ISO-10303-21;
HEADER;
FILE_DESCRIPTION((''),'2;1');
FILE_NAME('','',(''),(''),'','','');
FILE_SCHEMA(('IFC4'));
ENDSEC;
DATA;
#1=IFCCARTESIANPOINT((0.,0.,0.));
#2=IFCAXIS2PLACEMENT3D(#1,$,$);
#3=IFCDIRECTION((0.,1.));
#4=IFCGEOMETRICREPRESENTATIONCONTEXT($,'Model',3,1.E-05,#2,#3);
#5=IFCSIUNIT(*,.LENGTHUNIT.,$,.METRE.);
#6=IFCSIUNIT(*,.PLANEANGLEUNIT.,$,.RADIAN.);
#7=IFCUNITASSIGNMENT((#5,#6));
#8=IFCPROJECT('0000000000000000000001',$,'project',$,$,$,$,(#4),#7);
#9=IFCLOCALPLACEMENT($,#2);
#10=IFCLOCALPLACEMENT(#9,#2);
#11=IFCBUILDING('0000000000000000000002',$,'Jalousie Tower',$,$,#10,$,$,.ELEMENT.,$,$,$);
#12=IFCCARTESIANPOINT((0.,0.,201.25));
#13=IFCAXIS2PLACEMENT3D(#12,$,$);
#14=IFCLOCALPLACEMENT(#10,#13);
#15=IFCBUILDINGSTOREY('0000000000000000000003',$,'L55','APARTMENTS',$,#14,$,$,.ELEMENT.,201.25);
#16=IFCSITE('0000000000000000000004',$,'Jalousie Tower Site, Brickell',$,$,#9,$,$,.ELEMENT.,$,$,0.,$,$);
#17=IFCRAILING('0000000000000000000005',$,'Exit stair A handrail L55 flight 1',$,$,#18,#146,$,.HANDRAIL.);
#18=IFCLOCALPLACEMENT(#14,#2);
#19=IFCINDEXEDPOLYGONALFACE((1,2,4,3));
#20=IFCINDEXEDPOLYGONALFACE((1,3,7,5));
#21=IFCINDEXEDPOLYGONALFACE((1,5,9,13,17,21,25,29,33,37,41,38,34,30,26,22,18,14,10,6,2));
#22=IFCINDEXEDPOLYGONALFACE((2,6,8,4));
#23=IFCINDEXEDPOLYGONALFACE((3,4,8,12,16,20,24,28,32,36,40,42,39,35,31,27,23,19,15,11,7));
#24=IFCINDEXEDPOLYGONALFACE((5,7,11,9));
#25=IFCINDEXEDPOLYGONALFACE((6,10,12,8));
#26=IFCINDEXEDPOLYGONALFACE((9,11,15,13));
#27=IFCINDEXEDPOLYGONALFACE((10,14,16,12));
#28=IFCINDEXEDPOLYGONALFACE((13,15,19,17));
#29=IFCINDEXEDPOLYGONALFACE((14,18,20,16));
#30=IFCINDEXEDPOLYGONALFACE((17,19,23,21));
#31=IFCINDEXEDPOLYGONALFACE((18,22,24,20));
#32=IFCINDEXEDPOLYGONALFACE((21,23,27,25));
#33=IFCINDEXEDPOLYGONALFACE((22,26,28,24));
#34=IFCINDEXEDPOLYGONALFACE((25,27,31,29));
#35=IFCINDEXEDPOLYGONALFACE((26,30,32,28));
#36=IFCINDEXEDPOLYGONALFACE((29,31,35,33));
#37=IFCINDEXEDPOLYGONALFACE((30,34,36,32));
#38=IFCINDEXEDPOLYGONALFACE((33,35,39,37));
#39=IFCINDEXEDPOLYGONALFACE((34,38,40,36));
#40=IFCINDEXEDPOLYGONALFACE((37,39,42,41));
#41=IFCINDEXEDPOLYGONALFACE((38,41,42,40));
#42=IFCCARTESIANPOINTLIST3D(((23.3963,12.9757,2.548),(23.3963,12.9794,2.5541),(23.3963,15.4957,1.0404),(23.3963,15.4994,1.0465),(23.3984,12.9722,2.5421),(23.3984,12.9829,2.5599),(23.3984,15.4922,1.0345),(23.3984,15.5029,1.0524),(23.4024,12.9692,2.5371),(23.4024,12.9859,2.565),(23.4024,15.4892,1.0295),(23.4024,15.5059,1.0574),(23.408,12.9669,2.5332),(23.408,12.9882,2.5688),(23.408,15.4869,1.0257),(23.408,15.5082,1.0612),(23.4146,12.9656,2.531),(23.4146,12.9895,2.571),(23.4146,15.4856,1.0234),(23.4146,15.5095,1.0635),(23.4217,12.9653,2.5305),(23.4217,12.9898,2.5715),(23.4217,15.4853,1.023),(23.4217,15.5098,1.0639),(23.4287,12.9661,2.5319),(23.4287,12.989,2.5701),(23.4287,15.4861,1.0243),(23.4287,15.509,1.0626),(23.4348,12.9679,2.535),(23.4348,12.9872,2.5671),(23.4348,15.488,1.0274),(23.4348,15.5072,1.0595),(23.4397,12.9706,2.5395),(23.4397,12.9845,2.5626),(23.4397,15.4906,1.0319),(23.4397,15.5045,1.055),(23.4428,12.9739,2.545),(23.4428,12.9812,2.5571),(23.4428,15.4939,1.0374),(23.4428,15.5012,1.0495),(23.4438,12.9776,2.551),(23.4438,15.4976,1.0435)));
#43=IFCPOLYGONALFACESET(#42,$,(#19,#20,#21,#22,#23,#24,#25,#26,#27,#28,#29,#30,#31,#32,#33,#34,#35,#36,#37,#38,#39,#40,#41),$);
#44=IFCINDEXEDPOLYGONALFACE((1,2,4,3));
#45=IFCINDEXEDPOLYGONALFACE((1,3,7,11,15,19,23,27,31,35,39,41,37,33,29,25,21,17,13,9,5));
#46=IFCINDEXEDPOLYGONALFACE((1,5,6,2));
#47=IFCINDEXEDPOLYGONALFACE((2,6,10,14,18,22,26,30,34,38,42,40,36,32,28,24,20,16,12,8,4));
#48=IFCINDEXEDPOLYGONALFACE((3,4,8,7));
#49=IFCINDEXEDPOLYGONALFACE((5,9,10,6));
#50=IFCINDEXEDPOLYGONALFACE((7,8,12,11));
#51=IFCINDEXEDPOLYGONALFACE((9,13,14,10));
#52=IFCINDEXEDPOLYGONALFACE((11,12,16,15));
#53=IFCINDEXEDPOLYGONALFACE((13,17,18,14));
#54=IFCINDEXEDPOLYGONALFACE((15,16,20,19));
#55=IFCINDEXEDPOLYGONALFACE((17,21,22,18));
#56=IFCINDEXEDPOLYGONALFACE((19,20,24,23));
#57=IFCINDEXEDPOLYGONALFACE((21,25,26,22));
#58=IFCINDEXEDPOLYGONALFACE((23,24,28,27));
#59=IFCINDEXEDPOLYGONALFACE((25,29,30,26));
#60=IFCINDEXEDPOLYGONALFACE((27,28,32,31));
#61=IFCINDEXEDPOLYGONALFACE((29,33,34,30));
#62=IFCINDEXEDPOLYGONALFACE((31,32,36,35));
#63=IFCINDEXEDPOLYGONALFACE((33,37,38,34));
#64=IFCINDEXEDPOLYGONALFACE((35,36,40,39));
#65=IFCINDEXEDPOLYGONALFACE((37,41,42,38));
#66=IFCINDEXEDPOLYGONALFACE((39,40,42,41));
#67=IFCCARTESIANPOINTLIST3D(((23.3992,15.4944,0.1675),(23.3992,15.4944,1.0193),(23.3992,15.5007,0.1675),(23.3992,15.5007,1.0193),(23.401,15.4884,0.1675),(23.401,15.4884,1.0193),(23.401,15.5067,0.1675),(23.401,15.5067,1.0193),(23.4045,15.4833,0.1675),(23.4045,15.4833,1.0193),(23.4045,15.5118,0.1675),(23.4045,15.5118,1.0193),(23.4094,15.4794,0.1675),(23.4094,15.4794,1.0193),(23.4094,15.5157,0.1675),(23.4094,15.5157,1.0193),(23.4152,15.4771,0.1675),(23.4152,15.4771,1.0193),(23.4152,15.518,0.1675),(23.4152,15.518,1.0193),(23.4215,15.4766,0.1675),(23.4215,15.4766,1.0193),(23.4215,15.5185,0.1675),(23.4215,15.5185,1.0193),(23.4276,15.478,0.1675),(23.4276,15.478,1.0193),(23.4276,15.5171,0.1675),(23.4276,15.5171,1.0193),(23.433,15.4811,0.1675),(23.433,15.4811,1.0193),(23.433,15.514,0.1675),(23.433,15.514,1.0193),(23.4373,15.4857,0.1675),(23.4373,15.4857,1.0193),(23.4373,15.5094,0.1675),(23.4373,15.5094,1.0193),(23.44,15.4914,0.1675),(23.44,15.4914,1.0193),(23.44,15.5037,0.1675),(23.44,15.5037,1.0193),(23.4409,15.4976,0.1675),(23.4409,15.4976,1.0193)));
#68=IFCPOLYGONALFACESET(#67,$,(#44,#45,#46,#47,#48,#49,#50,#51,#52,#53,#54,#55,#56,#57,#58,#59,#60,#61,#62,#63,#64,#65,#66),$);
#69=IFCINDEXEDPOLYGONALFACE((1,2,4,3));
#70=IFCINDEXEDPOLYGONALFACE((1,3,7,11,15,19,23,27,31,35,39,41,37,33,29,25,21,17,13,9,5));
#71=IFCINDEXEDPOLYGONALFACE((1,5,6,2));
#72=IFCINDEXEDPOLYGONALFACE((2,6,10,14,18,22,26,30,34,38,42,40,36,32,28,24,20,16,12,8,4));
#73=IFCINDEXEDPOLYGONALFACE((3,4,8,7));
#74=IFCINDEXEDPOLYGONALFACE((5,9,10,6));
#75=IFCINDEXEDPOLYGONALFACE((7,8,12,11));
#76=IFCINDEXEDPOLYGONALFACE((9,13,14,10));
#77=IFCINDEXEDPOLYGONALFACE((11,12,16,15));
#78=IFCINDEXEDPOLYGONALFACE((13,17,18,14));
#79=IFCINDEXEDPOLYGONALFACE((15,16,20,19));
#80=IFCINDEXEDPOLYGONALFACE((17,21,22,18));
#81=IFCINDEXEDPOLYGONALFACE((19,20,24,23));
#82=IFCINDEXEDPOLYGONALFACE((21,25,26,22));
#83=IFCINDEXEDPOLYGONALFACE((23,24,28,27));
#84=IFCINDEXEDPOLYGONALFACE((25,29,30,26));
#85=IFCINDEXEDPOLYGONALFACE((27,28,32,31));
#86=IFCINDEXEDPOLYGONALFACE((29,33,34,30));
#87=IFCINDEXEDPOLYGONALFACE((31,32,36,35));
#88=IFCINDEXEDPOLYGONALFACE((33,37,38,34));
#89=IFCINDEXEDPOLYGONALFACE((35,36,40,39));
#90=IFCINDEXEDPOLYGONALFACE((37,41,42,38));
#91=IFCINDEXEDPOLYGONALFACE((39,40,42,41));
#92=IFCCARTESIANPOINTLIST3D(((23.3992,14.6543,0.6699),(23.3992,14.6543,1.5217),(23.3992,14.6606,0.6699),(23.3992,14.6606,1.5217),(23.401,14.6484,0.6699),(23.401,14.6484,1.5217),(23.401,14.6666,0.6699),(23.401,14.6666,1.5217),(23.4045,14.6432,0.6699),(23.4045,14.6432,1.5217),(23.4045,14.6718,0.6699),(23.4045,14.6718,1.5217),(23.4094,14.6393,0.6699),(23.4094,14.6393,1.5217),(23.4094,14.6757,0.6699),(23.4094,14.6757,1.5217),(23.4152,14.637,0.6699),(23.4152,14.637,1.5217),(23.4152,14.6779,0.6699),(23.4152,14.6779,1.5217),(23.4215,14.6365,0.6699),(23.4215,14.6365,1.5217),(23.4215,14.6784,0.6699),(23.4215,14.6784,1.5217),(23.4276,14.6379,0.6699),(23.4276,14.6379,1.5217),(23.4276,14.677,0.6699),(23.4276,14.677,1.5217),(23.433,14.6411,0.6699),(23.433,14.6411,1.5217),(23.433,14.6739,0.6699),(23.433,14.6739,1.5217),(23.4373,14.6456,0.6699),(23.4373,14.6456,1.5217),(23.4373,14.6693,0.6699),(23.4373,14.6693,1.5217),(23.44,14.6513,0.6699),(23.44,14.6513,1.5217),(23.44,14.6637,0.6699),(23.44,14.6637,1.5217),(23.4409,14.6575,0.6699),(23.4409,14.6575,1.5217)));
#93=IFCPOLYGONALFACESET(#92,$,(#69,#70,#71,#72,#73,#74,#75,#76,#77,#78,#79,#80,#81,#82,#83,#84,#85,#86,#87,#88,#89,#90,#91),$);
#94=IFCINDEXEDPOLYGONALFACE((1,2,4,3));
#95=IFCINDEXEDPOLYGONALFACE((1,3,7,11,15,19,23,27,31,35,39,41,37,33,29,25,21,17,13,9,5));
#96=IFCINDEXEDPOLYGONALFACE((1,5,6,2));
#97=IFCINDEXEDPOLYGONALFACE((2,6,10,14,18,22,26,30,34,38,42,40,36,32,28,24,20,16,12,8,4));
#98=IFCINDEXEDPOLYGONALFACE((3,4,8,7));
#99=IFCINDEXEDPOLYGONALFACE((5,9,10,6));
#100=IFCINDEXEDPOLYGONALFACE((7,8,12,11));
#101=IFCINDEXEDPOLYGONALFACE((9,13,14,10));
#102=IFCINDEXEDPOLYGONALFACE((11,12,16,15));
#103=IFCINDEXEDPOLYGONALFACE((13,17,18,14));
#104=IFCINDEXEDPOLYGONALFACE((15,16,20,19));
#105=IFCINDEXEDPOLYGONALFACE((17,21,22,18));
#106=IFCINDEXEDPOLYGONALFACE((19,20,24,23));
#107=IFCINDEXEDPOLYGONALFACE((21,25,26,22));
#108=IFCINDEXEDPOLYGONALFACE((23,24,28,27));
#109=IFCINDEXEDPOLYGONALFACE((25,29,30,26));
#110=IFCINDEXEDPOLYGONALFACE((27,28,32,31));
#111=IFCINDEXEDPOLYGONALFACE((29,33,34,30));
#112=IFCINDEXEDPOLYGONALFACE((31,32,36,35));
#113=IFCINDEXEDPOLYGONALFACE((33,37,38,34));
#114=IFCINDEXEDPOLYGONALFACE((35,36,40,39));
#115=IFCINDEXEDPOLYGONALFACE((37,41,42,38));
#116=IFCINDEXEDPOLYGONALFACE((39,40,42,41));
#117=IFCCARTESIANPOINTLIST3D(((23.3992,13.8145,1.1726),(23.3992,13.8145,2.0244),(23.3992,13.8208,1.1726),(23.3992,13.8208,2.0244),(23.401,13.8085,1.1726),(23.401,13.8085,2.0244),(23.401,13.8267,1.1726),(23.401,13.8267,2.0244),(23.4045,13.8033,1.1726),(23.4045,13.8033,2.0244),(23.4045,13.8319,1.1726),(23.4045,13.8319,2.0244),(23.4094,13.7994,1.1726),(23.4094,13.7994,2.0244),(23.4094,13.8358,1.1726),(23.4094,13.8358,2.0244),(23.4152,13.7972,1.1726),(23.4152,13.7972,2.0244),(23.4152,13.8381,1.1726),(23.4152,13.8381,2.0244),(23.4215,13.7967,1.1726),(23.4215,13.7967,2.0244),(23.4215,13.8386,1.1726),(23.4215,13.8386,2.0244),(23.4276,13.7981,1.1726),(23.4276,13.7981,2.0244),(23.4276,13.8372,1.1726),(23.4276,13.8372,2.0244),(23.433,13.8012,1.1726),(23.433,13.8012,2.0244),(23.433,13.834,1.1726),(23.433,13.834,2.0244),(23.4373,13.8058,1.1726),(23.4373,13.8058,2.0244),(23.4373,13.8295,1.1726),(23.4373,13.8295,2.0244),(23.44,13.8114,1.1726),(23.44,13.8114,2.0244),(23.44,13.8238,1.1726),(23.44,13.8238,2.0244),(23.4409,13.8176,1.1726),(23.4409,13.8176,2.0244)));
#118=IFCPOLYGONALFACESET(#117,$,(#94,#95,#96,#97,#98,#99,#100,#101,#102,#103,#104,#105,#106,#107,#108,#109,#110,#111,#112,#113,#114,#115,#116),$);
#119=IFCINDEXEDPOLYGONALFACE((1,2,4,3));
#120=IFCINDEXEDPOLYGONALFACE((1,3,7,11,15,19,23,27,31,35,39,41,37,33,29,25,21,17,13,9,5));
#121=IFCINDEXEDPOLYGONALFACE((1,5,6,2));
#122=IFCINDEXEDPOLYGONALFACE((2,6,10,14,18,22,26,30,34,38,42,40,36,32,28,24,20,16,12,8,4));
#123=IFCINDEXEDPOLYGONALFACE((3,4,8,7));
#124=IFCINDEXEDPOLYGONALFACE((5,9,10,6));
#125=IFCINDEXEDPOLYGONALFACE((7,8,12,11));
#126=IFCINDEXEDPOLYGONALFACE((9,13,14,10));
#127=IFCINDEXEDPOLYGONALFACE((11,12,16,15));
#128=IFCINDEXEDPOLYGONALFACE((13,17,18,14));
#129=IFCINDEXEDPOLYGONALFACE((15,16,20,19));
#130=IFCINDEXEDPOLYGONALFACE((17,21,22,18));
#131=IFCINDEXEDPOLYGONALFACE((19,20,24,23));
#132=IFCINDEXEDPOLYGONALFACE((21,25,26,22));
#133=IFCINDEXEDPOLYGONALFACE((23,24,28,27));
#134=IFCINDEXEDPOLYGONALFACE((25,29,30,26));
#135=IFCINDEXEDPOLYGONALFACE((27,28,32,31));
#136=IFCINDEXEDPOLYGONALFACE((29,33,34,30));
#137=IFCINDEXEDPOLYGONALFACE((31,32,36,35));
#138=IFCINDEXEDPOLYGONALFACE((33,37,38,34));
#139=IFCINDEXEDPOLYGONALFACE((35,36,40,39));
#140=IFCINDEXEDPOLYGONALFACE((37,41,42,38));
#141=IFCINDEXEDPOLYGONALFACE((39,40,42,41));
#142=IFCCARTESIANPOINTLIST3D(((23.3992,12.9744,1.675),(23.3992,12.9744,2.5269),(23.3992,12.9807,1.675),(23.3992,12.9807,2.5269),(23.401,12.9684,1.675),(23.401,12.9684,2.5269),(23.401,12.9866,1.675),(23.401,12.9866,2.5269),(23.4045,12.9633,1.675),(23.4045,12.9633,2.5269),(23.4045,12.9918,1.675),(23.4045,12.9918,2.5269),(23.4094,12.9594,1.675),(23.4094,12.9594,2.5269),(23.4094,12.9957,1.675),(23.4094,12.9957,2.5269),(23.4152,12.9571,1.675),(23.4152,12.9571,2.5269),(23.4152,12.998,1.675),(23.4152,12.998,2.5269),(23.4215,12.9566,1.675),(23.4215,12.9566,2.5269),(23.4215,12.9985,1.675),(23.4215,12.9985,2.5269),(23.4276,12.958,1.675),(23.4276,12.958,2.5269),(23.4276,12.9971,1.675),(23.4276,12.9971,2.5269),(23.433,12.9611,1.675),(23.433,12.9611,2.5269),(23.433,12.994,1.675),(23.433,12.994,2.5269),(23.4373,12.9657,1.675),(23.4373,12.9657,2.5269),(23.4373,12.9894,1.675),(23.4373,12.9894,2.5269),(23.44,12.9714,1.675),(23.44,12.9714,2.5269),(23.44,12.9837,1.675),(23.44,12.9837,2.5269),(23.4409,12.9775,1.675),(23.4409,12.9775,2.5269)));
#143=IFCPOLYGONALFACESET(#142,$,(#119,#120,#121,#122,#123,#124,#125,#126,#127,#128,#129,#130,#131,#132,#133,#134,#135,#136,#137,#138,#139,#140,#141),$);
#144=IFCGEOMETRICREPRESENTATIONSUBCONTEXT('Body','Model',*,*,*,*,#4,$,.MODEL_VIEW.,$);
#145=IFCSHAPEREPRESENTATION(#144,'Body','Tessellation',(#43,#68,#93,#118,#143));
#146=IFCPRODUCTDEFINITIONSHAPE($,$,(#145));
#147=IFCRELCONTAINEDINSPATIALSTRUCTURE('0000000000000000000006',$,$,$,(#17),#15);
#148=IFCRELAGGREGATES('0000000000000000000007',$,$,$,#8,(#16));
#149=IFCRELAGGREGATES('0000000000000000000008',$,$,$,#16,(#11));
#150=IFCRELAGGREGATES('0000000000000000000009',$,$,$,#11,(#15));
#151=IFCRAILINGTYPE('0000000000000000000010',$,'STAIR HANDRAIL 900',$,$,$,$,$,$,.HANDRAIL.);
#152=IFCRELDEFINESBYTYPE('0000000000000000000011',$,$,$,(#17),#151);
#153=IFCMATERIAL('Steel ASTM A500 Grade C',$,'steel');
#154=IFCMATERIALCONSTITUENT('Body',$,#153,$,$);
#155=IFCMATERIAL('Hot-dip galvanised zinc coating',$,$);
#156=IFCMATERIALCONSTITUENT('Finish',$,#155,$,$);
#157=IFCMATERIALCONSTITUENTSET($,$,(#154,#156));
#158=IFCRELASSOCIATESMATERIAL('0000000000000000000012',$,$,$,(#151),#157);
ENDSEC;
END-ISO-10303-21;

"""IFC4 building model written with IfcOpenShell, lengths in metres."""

from ifc_helpers import new_model, si_unit, direction, frame, origin, origin_2d, place, context, subcontext, project, spatial, circle, extrude, material, constituent, constituent_set, type_object, element, save


model = new_model("IFC4")

# Units and contexts
model_context = context("Model", 3, precision=1e-05, world=origin(), true_north=direction((0.0, 1.0)))
body_context = subcontext(model_context, "Body", "Model", "MODEL_VIEW")
ifc_project = project(units=[si_unit("LENGTHUNIT", "METRE"), si_unit("PLANEANGLEUNIT", "RADIAN")], contexts=[model_context])

# Site, building, storey
site_placement = place(None, origin())
site = spatial("IfcSite", under=ifc_project, at=site_placement, Name="Jalousie Tower Site, Brickell", CompositionType="ELEMENT", RefElevation=0.0)
building_placement = place(site_placement, origin())
building = spatial("IfcBuilding", under=site, at=building_placement, Name="Jalousie Tower", CompositionType="ELEMENT")
storey_placement = place(building_placement, frame((0.0, 0.0, 201.25)))
storey = spatial("IfcBuildingStorey", under=building, at=storey_placement, Name="L55", Description="APARTMENTS", CompositionType="ELEMENT", Elevation=201.25)

# Railing
ifc_material_1 = material(Name="Steel ASTM A500 Grade C", Category="steel")
ifc_constituent_1 = constituent(ifc_material_1, Name="Body")
ifc_material_2 = material(Name="Hot-dip galvanised zinc coating")
ifc_constituent_2 = constituent(ifc_material_2, Name="Finish")
ifc_constituent_set_1 = constituent_set(constituents=[ifc_constituent_1, ifc_constituent_2])
railing_type_1 = type_object("IfcRailingType", Name="STAIR HANDRAIL 900", PredefinedType="HANDRAIL", material=ifc_constituent_set_1)
railing_1_placement = place(storey_placement, frame((23.4199, 15.4976, 0.1675)))
element("IfcRailing", 1, at=railing_1_placement, inside=storey, type_object=railing_type_1, Name="Exit stair A handrail L55 flight 1", PredefinedType="HANDRAIL", context=body_context, shape_type="SweptSolid", body=[
    extrude(circle(Radius=0.0239, at=origin_2d()), frame((0.0, 0.0, 0.876), z_axis=(0.0, -0.85816, 0.513383), x_axis=(1.0, 0.0, 0.0)), (0.0, 0.0, 1.0), 2.9365),
    extrude(circle(Radius=0.021, at=origin_2d()), origin(), (0.0, 0.0, 1.0), 0.8518),
    extrude(circle(Radius=0.021, at=origin_2d()), frame((0.0, -0.8401, 0.5024)), (0.0, 0.0, 1.0), 0.8518),
    extrude(circle(Radius=0.021, at=origin_2d()), frame((0.0, -1.6799, 1.0051)), (0.0, 0.0, 1.0), 0.8518),
    extrude(circle(Radius=0.021, at=origin_2d()), frame((0.0, -2.52, 1.5076)), (0.0, 0.0, 1.0), 0.8518),
])

save(model, "model.ifc")
